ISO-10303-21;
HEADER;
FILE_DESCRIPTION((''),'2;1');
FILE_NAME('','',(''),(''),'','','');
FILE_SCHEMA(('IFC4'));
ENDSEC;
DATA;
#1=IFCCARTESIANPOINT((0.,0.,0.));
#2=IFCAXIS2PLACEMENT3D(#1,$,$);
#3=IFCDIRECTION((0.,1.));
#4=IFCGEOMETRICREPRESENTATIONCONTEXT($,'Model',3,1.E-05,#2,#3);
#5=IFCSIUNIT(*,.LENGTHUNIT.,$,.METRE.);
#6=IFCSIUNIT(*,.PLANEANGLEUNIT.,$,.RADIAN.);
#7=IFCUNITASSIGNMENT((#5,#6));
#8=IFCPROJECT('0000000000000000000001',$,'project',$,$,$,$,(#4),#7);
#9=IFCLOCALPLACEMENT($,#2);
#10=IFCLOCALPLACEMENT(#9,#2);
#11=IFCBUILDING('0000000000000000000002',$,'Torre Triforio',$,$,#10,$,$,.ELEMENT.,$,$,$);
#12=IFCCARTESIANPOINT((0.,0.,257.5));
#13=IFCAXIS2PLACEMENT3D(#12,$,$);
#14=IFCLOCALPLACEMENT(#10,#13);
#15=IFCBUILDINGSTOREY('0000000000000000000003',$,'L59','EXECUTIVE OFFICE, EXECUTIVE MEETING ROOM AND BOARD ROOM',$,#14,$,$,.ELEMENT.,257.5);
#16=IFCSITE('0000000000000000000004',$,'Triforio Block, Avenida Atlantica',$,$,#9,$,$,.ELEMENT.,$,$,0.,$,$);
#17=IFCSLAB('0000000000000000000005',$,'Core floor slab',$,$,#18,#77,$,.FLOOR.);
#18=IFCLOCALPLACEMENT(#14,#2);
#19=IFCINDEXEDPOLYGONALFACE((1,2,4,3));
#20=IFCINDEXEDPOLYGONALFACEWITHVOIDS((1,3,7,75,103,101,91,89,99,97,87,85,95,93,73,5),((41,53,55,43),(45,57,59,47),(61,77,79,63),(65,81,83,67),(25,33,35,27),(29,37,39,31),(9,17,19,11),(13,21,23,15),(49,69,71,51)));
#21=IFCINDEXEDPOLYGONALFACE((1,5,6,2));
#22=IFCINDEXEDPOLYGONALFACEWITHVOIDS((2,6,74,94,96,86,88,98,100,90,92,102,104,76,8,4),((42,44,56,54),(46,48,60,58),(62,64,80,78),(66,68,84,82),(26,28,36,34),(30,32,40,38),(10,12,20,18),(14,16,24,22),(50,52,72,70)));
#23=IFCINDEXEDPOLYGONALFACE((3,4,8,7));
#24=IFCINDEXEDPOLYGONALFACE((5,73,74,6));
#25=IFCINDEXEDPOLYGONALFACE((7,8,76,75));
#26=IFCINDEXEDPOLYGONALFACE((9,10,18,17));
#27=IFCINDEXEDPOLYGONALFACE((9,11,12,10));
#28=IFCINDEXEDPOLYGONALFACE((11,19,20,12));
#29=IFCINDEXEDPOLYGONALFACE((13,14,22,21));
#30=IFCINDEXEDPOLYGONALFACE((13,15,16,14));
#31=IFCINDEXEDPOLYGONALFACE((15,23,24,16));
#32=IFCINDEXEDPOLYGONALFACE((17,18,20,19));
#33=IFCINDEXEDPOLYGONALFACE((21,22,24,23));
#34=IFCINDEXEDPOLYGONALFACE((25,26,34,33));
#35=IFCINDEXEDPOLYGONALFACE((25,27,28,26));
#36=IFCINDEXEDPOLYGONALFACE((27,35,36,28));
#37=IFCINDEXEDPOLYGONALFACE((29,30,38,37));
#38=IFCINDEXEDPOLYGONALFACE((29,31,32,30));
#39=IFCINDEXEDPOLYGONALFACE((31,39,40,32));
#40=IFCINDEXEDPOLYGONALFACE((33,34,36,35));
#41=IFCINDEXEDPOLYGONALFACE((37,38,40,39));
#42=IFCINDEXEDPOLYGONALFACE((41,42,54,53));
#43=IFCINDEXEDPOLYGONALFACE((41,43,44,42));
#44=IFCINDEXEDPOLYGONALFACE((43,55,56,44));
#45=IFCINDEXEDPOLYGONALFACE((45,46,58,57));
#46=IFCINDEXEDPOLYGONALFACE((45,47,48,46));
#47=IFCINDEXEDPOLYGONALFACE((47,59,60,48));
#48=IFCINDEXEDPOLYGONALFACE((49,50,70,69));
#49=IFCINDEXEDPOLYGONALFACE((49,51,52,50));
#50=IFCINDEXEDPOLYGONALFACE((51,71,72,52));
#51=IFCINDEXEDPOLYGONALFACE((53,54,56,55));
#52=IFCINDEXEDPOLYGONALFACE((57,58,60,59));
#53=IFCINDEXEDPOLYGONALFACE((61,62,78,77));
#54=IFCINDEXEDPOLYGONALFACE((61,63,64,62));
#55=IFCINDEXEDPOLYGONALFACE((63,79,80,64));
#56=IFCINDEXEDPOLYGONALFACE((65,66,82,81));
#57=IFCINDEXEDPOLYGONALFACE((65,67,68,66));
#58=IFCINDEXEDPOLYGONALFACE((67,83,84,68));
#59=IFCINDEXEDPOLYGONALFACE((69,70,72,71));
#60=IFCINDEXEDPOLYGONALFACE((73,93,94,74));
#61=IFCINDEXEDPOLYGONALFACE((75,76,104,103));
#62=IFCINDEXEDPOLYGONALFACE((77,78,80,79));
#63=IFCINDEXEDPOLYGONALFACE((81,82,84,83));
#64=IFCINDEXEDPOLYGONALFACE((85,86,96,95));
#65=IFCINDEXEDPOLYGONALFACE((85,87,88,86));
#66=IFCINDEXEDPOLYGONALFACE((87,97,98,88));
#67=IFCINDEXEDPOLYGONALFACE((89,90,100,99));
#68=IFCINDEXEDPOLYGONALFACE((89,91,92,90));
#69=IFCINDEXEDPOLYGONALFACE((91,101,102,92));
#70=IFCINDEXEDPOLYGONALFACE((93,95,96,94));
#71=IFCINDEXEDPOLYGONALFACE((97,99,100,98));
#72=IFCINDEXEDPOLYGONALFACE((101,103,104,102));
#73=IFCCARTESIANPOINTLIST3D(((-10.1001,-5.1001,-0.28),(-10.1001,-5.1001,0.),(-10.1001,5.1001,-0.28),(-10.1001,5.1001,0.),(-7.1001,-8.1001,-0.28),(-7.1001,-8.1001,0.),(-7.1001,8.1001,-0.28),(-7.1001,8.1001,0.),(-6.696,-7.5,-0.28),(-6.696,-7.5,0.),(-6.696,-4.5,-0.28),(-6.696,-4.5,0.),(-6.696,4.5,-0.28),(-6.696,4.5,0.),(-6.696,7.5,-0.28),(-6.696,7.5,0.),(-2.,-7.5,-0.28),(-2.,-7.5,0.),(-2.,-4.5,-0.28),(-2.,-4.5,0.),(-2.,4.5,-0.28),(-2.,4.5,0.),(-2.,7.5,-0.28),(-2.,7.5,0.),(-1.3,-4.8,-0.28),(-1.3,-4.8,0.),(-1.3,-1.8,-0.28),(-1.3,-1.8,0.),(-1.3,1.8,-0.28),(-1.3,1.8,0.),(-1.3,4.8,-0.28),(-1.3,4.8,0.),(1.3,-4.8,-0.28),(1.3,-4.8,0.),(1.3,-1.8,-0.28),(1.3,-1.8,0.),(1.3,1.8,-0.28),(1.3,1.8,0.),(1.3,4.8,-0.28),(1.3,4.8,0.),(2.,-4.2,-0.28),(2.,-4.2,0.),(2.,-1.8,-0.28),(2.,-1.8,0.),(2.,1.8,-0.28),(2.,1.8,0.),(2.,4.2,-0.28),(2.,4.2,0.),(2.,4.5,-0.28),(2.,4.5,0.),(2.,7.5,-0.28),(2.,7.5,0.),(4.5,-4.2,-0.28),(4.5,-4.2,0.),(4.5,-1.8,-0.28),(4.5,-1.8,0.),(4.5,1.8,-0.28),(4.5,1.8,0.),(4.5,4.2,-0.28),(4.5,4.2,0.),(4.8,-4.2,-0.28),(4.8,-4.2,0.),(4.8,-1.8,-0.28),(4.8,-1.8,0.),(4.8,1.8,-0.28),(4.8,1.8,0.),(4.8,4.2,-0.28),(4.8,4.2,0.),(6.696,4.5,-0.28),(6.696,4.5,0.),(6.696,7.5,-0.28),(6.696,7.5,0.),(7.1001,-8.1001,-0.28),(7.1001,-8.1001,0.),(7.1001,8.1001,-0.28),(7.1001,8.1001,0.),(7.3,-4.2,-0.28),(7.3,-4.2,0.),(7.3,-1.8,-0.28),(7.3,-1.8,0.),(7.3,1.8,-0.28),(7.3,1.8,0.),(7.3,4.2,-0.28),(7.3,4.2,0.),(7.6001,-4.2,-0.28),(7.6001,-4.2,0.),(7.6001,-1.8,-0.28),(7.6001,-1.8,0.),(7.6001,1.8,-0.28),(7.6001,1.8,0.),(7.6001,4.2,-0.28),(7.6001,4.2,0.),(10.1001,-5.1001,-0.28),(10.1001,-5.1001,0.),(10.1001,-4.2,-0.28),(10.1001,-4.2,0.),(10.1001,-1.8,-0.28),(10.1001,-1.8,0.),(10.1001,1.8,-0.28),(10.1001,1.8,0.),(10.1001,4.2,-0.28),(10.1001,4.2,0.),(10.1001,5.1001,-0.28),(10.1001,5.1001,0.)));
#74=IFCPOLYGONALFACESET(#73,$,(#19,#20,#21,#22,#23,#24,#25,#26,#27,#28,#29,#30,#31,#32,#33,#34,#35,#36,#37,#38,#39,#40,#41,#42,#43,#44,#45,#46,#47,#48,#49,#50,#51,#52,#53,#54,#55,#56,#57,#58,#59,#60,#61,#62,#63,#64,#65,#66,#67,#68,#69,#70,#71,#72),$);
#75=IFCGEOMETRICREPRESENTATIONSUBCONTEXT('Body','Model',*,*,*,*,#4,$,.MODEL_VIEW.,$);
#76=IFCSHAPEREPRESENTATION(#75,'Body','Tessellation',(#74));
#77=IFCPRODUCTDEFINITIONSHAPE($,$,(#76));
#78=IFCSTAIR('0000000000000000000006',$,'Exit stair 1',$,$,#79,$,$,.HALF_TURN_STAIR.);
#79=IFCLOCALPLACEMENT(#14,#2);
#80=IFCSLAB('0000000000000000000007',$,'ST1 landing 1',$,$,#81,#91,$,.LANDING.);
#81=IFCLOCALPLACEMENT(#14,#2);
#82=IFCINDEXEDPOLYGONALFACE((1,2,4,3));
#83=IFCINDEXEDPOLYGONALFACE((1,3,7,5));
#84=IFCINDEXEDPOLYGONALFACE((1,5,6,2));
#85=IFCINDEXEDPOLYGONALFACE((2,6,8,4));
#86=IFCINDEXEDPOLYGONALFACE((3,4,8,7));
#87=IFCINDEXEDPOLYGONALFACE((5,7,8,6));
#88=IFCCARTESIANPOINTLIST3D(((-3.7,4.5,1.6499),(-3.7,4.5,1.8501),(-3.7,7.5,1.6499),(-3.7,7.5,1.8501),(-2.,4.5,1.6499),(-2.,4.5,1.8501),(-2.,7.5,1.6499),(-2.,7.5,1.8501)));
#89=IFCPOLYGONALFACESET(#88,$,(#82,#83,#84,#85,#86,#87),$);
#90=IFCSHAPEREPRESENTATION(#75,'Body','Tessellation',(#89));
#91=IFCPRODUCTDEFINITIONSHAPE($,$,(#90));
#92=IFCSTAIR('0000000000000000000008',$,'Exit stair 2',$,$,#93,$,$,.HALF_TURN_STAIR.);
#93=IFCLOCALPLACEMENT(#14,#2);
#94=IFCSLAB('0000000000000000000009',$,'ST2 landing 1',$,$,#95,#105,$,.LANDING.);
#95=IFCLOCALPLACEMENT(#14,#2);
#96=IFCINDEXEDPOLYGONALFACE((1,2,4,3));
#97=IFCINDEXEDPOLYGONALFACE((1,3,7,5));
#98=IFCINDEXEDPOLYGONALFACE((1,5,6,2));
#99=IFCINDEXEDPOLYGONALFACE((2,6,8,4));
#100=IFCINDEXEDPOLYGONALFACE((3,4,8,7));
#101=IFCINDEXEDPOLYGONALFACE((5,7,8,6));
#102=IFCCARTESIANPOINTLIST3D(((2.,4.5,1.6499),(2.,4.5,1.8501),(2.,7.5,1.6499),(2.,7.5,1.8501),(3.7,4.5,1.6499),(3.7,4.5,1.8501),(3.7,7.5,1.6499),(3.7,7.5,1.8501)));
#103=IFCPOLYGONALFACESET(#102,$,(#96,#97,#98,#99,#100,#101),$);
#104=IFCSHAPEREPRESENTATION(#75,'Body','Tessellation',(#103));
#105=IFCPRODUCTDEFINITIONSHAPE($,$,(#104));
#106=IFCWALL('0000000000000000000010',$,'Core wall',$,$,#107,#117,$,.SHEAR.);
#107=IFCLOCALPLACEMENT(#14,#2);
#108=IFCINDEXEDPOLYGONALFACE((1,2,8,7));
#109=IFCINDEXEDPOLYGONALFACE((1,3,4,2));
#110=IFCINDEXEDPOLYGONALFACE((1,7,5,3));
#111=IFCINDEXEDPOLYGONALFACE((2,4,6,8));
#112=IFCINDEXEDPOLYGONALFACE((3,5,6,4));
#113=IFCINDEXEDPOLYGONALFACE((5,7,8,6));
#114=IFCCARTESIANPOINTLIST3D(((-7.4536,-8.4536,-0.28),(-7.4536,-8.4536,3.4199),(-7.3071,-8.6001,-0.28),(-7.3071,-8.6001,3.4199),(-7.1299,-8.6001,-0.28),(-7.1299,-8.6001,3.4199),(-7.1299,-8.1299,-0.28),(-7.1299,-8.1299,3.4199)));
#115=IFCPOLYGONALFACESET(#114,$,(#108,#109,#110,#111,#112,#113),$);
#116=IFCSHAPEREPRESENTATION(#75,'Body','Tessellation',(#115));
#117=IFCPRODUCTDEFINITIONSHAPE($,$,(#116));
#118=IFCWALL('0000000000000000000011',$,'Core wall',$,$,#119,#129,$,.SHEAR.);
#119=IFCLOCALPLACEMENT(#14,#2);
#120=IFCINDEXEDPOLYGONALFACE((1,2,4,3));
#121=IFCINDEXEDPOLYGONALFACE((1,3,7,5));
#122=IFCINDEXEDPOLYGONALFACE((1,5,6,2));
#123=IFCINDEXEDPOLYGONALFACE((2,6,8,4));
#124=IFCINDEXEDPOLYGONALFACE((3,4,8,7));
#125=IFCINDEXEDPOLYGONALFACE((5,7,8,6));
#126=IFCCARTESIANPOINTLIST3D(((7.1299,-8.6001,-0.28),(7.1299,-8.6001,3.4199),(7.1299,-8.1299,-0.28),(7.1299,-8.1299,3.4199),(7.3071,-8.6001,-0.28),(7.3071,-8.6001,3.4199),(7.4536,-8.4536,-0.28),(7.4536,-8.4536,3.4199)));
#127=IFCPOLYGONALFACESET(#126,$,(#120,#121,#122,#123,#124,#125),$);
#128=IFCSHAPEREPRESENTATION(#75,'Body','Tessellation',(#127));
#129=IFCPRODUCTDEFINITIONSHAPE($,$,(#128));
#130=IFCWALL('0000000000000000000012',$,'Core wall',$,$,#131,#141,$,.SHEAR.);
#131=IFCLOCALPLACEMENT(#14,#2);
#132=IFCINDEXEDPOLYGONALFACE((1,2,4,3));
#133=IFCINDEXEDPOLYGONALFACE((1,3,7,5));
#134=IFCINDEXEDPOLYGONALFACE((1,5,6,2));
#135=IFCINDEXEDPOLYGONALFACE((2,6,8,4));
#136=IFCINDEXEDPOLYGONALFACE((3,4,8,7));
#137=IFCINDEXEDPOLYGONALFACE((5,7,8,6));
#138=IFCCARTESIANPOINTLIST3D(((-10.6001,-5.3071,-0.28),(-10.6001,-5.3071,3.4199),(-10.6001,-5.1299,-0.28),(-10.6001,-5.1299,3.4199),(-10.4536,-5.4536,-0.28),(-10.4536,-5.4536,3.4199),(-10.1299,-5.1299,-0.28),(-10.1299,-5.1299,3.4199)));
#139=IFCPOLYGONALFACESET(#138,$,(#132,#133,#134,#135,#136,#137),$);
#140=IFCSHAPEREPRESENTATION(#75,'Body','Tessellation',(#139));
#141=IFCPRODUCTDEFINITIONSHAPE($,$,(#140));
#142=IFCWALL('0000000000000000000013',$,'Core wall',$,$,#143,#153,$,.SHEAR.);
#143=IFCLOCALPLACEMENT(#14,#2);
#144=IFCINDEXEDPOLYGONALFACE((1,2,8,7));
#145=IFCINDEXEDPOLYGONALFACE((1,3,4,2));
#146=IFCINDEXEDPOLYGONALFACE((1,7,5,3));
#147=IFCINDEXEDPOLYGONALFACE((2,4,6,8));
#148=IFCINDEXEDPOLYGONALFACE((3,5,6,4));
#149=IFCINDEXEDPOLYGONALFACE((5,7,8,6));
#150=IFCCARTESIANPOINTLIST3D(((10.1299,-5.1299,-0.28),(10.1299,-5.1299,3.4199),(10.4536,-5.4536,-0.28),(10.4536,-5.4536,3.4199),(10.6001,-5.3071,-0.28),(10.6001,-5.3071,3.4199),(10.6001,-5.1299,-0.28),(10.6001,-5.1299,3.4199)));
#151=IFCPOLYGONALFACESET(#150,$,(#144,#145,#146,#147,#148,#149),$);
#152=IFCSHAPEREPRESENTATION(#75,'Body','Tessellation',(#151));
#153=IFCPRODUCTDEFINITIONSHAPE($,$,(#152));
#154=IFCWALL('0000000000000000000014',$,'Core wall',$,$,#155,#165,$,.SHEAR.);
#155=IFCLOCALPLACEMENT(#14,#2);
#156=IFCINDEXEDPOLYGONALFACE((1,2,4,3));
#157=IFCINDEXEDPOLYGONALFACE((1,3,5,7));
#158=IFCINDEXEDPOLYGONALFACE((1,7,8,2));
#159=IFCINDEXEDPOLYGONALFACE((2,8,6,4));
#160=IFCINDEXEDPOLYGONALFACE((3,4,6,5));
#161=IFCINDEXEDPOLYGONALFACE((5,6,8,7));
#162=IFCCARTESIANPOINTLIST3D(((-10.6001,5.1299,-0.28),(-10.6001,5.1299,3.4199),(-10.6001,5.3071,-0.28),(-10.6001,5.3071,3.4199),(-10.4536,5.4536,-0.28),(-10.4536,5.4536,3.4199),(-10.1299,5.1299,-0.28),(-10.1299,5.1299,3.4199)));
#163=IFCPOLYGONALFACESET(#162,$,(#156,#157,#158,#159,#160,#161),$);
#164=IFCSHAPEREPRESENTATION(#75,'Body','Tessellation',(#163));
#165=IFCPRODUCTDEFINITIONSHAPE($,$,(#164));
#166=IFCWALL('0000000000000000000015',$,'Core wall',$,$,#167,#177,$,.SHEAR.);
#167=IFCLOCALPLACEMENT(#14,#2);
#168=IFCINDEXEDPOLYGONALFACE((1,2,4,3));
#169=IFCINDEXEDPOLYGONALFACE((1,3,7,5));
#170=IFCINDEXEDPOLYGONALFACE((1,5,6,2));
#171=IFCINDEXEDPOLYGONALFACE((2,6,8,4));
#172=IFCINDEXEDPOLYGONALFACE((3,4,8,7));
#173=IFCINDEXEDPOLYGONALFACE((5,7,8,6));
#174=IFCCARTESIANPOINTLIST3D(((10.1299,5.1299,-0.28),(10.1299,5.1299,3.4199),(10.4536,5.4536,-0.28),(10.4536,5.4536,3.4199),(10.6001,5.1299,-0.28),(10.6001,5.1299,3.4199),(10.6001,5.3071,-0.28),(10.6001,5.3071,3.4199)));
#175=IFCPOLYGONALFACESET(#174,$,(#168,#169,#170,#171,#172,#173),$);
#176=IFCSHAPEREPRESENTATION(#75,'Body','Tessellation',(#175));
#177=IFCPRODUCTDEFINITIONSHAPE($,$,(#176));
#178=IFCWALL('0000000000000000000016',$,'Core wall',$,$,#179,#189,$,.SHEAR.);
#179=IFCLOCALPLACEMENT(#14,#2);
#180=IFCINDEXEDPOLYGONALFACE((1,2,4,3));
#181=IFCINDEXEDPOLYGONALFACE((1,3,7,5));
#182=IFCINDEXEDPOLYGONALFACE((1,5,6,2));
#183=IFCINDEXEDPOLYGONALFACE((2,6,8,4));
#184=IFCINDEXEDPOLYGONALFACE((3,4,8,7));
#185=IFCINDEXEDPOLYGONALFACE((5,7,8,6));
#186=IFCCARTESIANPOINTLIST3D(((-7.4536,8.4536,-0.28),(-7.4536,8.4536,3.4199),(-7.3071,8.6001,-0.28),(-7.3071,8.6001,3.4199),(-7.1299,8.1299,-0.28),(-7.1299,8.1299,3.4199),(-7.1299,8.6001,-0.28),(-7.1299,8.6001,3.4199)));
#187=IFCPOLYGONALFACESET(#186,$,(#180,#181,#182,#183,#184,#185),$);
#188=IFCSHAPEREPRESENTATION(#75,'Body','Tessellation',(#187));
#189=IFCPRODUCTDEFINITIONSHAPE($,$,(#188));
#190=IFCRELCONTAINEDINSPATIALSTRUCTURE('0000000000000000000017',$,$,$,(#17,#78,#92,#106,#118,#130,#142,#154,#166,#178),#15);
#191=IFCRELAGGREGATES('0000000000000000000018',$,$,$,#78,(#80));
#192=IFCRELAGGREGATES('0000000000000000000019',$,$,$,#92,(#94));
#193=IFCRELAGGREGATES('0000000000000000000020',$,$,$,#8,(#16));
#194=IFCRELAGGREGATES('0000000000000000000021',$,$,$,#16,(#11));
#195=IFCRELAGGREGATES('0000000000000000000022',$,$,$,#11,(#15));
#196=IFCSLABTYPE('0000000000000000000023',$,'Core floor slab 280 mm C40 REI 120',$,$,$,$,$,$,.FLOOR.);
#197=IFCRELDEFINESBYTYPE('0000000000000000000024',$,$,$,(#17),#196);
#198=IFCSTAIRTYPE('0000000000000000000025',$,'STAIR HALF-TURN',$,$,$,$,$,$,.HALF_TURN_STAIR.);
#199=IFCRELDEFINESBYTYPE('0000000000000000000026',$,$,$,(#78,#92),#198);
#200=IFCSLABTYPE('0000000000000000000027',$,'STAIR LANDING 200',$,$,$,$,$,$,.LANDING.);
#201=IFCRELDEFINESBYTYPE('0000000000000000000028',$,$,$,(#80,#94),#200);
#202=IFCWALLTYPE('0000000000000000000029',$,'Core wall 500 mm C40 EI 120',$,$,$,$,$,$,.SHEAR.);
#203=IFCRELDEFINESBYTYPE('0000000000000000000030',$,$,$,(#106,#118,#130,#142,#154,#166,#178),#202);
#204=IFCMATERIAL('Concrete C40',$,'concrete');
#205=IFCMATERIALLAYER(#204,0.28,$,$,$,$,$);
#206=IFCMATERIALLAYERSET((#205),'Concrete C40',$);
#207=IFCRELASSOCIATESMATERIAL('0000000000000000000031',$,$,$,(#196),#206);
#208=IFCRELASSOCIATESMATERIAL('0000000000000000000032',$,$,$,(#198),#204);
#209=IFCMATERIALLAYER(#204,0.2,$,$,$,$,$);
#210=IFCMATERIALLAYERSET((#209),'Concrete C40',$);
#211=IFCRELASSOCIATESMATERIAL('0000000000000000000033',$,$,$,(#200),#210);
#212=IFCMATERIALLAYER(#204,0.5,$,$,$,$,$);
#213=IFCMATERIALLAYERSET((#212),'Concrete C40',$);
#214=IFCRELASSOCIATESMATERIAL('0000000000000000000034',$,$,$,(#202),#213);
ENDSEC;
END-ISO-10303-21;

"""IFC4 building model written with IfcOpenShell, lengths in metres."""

from ifc_helpers import new_model, si_unit, direction, frame, origin, place, context, subcontext, project, spatial, polyline, outline, extrude, material, layer, layer_set, type_object, element, aggregate, save


model = new_model("IFC4")

# Units and contexts
model_context = context("Model", 3, precision=1e-05, world=origin(), true_north=direction((0.0, 1.0)))
body_context = subcontext(model_context, "Body", "Model", "MODEL_VIEW")
ifc_project = project(units=[si_unit("LENGTHUNIT", "METRE"), si_unit("PLANEANGLEUNIT", "RADIAN")], contexts=[model_context])

# Site, building, storey
site_placement = place(None, origin())
site = spatial("IfcSite", under=ifc_project, at=site_placement, Name="Triforio Block, Avenida Atlantica", CompositionType="ELEMENT", RefElevation=0.0)
building_placement = place(site_placement, origin())
building = spatial("IfcBuilding", under=site, at=building_placement, Name="Torre Triforio", CompositionType="ELEMENT")
storey_placement = place(building_placement, frame((0.0, 0.0, 257.5)))
storey = spatial("IfcBuildingStorey", under=building, at=storey_placement, Name="L59", Description="EXECUTIVE OFFICE, EXECUTIVE MEETING ROOM AND BOARD ROOM", CompositionType="ELEMENT", Elevation=257.5)

# Slab
ifc_material_1 = material(Name="Concrete C40", Category="concrete")
ifc_layer_1 = layer(ifc_material_1, 0.28)
ifc_layer_set_1 = layer_set([ifc_layer_1], Name="Concrete C40")
slab_type_1 = type_object("IfcSlabType", Name="Core floor slab 280 mm C40 REI 120", PredefinedType="FLOOR", material=ifc_layer_set_1)
slab_1_placement = place(storey_placement, frame((0.0, 0.0, -0.28)))
element("IfcSlab", 1, at=slab_1_placement, inside=storey, type_object=slab_type_1, Name="Core floor slab", PredefinedType="FLOOR", context=body_context, shape_type="SweptSolid", body=[
    extrude(outline(polyline([(10.1001, -5.1001), (7.1001, -8.1001), (-7.1001, -8.1001), (-10.1001, -5.1001), (-10.1001, 5.1001), (-7.1001, 8.1001), (7.1001, 8.1001), (10.1001, 5.1001), (10.1001, 4.2), (7.6001, 4.2), (7.6001, 1.8), (10.1001, 1.8), (10.1001, -1.8), (7.6001, -1.8), (7.6001, -4.2), (10.1001, -4.2), (10.1001, -5.1001)]), holes=[polyline([(-6.696, -4.5), (-6.696, -7.5), (-2.0, -7.5), (-2.0, -4.5), (-6.696, -4.5)]), polyline([(-1.3, -1.8), (-1.3, -4.8), (1.3, -4.8), (1.3, -1.8), (-1.3, -1.8)]), polyline([(2.0, -1.8), (2.0, -4.2), (4.5, -4.2), (4.5, -1.8), (2.0, -1.8)]), polyline([(4.5, 4.2), (2.0, 4.2), (2.0, 1.8), (4.5, 1.8), (4.5, 4.2)]), polyline([(1.3, 4.8), (-1.3, 4.8), (-1.3, 1.8), (1.3, 1.8), (1.3, 4.8)]), polyline([(-6.696, 7.5), (-6.696, 4.5), (-2.0, 4.5), (-2.0, 7.5), (-6.696, 7.5)]), polyline([(7.3, -1.8), (4.8, -1.8), (4.8, -4.2), (7.3, -4.2), (7.3, -1.8)]), polyline([(4.8, 4.2), (4.8, 1.8), (7.3, 1.8), (7.3, 4.2), (4.8, 4.2)]), polyline([(6.696, 7.5), (2.0, 7.5), (2.0, 4.5), (6.696, 4.5), (6.696, 7.5)])]), origin(), (0.0, 0.0, 1.0), 0.28),
])

# Stairs, slabs
stair_type = type_object("IfcStairType", Name="STAIR HALF-TURN", PredefinedType="HALF_TURN_STAIR", material=ifc_material_1)
stair_1_placement = place(storey_placement, origin())
stair_1 = element("IfcStair", 2, at=stair_1_placement, inside=storey, type_object=stair_type, Name="Exit stair 1", PredefinedType="HALF_TURN_STAIR")
ifc_layer_2 = layer(ifc_material_1, 0.2)
ifc_layer_set_2 = layer_set([ifc_layer_2], Name="Concrete C40")
slab_type_2 = type_object("IfcSlabType", Name="STAIR LANDING 200", PredefinedType="LANDING", material=ifc_layer_set_2)
slab_2_placement = place(storey_placement, frame((0.0, 0.0, 1.6499)))
slab_2 = element("IfcSlab", 3, at=slab_2_placement, type_object=slab_type_2, Name="ST1 landing 1", PredefinedType="LANDING", context=body_context, shape_type="SweptSolid", body=[
    extrude(outline(polyline([(-2.0, 4.5), (-2.0, 7.5), (-3.7, 7.5), (-3.7, 4.5), (-2.0, 4.5)])), origin(), (0.0, 0.0, 1.0), 0.2002),
])
aggregate(stair_1, [slab_2])
stair_2_placement = place(storey_placement, origin())
stair_2 = element("IfcStair", 4, at=stair_2_placement, inside=storey, type_object=stair_type, Name="Exit stair 2", PredefinedType="HALF_TURN_STAIR")
slab_3_placement = place(storey_placement, frame((0.0, 0.0, 1.6499)))
slab_3 = element("IfcSlab", 5, at=slab_3_placement, type_object=slab_type_2, Name="ST2 landing 1", PredefinedType="LANDING", context=body_context, shape_type="SweptSolid", body=[
    extrude(outline(polyline([(3.7, 4.5), (3.7, 7.5), (2.0, 7.5), (2.0, 4.5), (3.7, 4.5)])), origin(), (0.0, 0.0, 1.0), 0.2002),
])
aggregate(stair_2, [slab_3])

# Walls
ifc_layer_3 = layer(ifc_material_1, 0.5)
ifc_layer_set_3 = layer_set([ifc_layer_3], Name="Concrete C40")
wall_type_1 = type_object("IfcWallType", Name="Core wall 500 mm C40 EI 120", PredefinedType="SHEAR", material=ifc_layer_set_3)
wall_1_placement = place(storey_placement, frame((0.0, 0.0, -0.28)))
element("IfcWall", 6, at=wall_1_placement, inside=storey, type_object=wall_type_1, Name="Core wall", PredefinedType="SHEAR", context=body_context, shape_type="SweptSolid", body=[
    extrude(outline(polyline([(-7.3071, -8.6001), (-7.4536, -8.4536), (-7.1299, -8.1299), (-7.1299, -8.6001), (-7.3071, -8.6001)])), origin(), (0.0, 0.0, 1.0), 3.7),
])
wall_2_placement = place(storey_placement, frame((0.0, 0.0, -0.28)))
element("IfcWall", 7, at=wall_2_placement, inside=storey, type_object=wall_type_1, Name="Core wall", PredefinedType="SHEAR", context=body_context, shape_type="SweptSolid", body=[
    extrude(outline(polyline([(7.3071, -8.6001), (7.1299, -8.6001), (7.1299, -8.1299), (7.4536, -8.4536), (7.3071, -8.6001)])), origin(), (0.0, 0.0, 1.0), 3.7),
])
wall_3_placement = place(storey_placement, frame((0.0, 0.0, -0.28)))
element("IfcWall", 8, at=wall_3_placement, inside=storey, type_object=wall_type_1, Name="Core wall", PredefinedType="SHEAR", context=body_context, shape_type="SweptSolid", body=[
    extrude(outline(polyline([(-10.6001, -5.3071), (-10.6001, -5.1299), (-10.1299, -5.1299), (-10.4536, -5.4536), (-10.6001, -5.3071)])), origin(), (0.0, 0.0, 1.0), 3.7),
])
wall_4_placement = place(storey_placement, frame((0.0, 0.0, -0.28)))
element("IfcWall", 9, at=wall_4_placement, inside=storey, type_object=wall_type_1, Name="Core wall", PredefinedType="SHEAR", context=body_context, shape_type="SweptSolid", body=[
    extrude(outline(polyline([(10.6001, -5.3071), (10.4536, -5.4536), (10.1299, -5.1299), (10.6001, -5.1299), (10.6001, -5.3071)])), origin(), (0.0, 0.0, 1.0), 3.7),
])
wall_5_placement = place(storey_placement, frame((0.0, 0.0, -0.28)))
element("IfcWall", 10, at=wall_5_placement, inside=storey, type_object=wall_type_1, Name="Core wall", PredefinedType="SHEAR", context=body_context, shape_type="SweptSolid", body=[
    extrude(outline(polyline([(-10.4536, 5.4536), (-10.1299, 5.1299), (-10.6001, 5.1299), (-10.6001, 5.3071), (-10.4536, 5.4536)])), origin(), (0.0, 0.0, 1.0), 3.7),
])
wall_6_placement = place(storey_placement, frame((0.0, 0.0, -0.28)))
element("IfcWall", 11, at=wall_6_placement, inside=storey, type_object=wall_type_1, Name="Core wall", PredefinedType="SHEAR", context=body_context, shape_type="SweptSolid", body=[
    extrude(outline(polyline([(10.6001, 5.3071), (10.6001, 5.1299), (10.1299, 5.1299), (10.4536, 5.4536), (10.6001, 5.3071)])), origin(), (0.0, 0.0, 1.0), 3.7),
])
wall_7_placement = place(storey_placement, frame((0.0, 0.0, -0.28)))
element("IfcWall", 12, at=wall_7_placement, inside=storey, type_object=wall_type_1, Name="Core wall", PredefinedType="SHEAR", context=body_context, shape_type="SweptSolid", body=[
    extrude(outline(polyline([(-7.3071, 8.6001), (-7.1299, 8.6001), (-7.1299, 8.1299), (-7.4536, 8.4536), (-7.3071, 8.6001)])), origin(), (0.0, 0.0, 1.0), 3.7),
])

save(model, "model.ifc")
